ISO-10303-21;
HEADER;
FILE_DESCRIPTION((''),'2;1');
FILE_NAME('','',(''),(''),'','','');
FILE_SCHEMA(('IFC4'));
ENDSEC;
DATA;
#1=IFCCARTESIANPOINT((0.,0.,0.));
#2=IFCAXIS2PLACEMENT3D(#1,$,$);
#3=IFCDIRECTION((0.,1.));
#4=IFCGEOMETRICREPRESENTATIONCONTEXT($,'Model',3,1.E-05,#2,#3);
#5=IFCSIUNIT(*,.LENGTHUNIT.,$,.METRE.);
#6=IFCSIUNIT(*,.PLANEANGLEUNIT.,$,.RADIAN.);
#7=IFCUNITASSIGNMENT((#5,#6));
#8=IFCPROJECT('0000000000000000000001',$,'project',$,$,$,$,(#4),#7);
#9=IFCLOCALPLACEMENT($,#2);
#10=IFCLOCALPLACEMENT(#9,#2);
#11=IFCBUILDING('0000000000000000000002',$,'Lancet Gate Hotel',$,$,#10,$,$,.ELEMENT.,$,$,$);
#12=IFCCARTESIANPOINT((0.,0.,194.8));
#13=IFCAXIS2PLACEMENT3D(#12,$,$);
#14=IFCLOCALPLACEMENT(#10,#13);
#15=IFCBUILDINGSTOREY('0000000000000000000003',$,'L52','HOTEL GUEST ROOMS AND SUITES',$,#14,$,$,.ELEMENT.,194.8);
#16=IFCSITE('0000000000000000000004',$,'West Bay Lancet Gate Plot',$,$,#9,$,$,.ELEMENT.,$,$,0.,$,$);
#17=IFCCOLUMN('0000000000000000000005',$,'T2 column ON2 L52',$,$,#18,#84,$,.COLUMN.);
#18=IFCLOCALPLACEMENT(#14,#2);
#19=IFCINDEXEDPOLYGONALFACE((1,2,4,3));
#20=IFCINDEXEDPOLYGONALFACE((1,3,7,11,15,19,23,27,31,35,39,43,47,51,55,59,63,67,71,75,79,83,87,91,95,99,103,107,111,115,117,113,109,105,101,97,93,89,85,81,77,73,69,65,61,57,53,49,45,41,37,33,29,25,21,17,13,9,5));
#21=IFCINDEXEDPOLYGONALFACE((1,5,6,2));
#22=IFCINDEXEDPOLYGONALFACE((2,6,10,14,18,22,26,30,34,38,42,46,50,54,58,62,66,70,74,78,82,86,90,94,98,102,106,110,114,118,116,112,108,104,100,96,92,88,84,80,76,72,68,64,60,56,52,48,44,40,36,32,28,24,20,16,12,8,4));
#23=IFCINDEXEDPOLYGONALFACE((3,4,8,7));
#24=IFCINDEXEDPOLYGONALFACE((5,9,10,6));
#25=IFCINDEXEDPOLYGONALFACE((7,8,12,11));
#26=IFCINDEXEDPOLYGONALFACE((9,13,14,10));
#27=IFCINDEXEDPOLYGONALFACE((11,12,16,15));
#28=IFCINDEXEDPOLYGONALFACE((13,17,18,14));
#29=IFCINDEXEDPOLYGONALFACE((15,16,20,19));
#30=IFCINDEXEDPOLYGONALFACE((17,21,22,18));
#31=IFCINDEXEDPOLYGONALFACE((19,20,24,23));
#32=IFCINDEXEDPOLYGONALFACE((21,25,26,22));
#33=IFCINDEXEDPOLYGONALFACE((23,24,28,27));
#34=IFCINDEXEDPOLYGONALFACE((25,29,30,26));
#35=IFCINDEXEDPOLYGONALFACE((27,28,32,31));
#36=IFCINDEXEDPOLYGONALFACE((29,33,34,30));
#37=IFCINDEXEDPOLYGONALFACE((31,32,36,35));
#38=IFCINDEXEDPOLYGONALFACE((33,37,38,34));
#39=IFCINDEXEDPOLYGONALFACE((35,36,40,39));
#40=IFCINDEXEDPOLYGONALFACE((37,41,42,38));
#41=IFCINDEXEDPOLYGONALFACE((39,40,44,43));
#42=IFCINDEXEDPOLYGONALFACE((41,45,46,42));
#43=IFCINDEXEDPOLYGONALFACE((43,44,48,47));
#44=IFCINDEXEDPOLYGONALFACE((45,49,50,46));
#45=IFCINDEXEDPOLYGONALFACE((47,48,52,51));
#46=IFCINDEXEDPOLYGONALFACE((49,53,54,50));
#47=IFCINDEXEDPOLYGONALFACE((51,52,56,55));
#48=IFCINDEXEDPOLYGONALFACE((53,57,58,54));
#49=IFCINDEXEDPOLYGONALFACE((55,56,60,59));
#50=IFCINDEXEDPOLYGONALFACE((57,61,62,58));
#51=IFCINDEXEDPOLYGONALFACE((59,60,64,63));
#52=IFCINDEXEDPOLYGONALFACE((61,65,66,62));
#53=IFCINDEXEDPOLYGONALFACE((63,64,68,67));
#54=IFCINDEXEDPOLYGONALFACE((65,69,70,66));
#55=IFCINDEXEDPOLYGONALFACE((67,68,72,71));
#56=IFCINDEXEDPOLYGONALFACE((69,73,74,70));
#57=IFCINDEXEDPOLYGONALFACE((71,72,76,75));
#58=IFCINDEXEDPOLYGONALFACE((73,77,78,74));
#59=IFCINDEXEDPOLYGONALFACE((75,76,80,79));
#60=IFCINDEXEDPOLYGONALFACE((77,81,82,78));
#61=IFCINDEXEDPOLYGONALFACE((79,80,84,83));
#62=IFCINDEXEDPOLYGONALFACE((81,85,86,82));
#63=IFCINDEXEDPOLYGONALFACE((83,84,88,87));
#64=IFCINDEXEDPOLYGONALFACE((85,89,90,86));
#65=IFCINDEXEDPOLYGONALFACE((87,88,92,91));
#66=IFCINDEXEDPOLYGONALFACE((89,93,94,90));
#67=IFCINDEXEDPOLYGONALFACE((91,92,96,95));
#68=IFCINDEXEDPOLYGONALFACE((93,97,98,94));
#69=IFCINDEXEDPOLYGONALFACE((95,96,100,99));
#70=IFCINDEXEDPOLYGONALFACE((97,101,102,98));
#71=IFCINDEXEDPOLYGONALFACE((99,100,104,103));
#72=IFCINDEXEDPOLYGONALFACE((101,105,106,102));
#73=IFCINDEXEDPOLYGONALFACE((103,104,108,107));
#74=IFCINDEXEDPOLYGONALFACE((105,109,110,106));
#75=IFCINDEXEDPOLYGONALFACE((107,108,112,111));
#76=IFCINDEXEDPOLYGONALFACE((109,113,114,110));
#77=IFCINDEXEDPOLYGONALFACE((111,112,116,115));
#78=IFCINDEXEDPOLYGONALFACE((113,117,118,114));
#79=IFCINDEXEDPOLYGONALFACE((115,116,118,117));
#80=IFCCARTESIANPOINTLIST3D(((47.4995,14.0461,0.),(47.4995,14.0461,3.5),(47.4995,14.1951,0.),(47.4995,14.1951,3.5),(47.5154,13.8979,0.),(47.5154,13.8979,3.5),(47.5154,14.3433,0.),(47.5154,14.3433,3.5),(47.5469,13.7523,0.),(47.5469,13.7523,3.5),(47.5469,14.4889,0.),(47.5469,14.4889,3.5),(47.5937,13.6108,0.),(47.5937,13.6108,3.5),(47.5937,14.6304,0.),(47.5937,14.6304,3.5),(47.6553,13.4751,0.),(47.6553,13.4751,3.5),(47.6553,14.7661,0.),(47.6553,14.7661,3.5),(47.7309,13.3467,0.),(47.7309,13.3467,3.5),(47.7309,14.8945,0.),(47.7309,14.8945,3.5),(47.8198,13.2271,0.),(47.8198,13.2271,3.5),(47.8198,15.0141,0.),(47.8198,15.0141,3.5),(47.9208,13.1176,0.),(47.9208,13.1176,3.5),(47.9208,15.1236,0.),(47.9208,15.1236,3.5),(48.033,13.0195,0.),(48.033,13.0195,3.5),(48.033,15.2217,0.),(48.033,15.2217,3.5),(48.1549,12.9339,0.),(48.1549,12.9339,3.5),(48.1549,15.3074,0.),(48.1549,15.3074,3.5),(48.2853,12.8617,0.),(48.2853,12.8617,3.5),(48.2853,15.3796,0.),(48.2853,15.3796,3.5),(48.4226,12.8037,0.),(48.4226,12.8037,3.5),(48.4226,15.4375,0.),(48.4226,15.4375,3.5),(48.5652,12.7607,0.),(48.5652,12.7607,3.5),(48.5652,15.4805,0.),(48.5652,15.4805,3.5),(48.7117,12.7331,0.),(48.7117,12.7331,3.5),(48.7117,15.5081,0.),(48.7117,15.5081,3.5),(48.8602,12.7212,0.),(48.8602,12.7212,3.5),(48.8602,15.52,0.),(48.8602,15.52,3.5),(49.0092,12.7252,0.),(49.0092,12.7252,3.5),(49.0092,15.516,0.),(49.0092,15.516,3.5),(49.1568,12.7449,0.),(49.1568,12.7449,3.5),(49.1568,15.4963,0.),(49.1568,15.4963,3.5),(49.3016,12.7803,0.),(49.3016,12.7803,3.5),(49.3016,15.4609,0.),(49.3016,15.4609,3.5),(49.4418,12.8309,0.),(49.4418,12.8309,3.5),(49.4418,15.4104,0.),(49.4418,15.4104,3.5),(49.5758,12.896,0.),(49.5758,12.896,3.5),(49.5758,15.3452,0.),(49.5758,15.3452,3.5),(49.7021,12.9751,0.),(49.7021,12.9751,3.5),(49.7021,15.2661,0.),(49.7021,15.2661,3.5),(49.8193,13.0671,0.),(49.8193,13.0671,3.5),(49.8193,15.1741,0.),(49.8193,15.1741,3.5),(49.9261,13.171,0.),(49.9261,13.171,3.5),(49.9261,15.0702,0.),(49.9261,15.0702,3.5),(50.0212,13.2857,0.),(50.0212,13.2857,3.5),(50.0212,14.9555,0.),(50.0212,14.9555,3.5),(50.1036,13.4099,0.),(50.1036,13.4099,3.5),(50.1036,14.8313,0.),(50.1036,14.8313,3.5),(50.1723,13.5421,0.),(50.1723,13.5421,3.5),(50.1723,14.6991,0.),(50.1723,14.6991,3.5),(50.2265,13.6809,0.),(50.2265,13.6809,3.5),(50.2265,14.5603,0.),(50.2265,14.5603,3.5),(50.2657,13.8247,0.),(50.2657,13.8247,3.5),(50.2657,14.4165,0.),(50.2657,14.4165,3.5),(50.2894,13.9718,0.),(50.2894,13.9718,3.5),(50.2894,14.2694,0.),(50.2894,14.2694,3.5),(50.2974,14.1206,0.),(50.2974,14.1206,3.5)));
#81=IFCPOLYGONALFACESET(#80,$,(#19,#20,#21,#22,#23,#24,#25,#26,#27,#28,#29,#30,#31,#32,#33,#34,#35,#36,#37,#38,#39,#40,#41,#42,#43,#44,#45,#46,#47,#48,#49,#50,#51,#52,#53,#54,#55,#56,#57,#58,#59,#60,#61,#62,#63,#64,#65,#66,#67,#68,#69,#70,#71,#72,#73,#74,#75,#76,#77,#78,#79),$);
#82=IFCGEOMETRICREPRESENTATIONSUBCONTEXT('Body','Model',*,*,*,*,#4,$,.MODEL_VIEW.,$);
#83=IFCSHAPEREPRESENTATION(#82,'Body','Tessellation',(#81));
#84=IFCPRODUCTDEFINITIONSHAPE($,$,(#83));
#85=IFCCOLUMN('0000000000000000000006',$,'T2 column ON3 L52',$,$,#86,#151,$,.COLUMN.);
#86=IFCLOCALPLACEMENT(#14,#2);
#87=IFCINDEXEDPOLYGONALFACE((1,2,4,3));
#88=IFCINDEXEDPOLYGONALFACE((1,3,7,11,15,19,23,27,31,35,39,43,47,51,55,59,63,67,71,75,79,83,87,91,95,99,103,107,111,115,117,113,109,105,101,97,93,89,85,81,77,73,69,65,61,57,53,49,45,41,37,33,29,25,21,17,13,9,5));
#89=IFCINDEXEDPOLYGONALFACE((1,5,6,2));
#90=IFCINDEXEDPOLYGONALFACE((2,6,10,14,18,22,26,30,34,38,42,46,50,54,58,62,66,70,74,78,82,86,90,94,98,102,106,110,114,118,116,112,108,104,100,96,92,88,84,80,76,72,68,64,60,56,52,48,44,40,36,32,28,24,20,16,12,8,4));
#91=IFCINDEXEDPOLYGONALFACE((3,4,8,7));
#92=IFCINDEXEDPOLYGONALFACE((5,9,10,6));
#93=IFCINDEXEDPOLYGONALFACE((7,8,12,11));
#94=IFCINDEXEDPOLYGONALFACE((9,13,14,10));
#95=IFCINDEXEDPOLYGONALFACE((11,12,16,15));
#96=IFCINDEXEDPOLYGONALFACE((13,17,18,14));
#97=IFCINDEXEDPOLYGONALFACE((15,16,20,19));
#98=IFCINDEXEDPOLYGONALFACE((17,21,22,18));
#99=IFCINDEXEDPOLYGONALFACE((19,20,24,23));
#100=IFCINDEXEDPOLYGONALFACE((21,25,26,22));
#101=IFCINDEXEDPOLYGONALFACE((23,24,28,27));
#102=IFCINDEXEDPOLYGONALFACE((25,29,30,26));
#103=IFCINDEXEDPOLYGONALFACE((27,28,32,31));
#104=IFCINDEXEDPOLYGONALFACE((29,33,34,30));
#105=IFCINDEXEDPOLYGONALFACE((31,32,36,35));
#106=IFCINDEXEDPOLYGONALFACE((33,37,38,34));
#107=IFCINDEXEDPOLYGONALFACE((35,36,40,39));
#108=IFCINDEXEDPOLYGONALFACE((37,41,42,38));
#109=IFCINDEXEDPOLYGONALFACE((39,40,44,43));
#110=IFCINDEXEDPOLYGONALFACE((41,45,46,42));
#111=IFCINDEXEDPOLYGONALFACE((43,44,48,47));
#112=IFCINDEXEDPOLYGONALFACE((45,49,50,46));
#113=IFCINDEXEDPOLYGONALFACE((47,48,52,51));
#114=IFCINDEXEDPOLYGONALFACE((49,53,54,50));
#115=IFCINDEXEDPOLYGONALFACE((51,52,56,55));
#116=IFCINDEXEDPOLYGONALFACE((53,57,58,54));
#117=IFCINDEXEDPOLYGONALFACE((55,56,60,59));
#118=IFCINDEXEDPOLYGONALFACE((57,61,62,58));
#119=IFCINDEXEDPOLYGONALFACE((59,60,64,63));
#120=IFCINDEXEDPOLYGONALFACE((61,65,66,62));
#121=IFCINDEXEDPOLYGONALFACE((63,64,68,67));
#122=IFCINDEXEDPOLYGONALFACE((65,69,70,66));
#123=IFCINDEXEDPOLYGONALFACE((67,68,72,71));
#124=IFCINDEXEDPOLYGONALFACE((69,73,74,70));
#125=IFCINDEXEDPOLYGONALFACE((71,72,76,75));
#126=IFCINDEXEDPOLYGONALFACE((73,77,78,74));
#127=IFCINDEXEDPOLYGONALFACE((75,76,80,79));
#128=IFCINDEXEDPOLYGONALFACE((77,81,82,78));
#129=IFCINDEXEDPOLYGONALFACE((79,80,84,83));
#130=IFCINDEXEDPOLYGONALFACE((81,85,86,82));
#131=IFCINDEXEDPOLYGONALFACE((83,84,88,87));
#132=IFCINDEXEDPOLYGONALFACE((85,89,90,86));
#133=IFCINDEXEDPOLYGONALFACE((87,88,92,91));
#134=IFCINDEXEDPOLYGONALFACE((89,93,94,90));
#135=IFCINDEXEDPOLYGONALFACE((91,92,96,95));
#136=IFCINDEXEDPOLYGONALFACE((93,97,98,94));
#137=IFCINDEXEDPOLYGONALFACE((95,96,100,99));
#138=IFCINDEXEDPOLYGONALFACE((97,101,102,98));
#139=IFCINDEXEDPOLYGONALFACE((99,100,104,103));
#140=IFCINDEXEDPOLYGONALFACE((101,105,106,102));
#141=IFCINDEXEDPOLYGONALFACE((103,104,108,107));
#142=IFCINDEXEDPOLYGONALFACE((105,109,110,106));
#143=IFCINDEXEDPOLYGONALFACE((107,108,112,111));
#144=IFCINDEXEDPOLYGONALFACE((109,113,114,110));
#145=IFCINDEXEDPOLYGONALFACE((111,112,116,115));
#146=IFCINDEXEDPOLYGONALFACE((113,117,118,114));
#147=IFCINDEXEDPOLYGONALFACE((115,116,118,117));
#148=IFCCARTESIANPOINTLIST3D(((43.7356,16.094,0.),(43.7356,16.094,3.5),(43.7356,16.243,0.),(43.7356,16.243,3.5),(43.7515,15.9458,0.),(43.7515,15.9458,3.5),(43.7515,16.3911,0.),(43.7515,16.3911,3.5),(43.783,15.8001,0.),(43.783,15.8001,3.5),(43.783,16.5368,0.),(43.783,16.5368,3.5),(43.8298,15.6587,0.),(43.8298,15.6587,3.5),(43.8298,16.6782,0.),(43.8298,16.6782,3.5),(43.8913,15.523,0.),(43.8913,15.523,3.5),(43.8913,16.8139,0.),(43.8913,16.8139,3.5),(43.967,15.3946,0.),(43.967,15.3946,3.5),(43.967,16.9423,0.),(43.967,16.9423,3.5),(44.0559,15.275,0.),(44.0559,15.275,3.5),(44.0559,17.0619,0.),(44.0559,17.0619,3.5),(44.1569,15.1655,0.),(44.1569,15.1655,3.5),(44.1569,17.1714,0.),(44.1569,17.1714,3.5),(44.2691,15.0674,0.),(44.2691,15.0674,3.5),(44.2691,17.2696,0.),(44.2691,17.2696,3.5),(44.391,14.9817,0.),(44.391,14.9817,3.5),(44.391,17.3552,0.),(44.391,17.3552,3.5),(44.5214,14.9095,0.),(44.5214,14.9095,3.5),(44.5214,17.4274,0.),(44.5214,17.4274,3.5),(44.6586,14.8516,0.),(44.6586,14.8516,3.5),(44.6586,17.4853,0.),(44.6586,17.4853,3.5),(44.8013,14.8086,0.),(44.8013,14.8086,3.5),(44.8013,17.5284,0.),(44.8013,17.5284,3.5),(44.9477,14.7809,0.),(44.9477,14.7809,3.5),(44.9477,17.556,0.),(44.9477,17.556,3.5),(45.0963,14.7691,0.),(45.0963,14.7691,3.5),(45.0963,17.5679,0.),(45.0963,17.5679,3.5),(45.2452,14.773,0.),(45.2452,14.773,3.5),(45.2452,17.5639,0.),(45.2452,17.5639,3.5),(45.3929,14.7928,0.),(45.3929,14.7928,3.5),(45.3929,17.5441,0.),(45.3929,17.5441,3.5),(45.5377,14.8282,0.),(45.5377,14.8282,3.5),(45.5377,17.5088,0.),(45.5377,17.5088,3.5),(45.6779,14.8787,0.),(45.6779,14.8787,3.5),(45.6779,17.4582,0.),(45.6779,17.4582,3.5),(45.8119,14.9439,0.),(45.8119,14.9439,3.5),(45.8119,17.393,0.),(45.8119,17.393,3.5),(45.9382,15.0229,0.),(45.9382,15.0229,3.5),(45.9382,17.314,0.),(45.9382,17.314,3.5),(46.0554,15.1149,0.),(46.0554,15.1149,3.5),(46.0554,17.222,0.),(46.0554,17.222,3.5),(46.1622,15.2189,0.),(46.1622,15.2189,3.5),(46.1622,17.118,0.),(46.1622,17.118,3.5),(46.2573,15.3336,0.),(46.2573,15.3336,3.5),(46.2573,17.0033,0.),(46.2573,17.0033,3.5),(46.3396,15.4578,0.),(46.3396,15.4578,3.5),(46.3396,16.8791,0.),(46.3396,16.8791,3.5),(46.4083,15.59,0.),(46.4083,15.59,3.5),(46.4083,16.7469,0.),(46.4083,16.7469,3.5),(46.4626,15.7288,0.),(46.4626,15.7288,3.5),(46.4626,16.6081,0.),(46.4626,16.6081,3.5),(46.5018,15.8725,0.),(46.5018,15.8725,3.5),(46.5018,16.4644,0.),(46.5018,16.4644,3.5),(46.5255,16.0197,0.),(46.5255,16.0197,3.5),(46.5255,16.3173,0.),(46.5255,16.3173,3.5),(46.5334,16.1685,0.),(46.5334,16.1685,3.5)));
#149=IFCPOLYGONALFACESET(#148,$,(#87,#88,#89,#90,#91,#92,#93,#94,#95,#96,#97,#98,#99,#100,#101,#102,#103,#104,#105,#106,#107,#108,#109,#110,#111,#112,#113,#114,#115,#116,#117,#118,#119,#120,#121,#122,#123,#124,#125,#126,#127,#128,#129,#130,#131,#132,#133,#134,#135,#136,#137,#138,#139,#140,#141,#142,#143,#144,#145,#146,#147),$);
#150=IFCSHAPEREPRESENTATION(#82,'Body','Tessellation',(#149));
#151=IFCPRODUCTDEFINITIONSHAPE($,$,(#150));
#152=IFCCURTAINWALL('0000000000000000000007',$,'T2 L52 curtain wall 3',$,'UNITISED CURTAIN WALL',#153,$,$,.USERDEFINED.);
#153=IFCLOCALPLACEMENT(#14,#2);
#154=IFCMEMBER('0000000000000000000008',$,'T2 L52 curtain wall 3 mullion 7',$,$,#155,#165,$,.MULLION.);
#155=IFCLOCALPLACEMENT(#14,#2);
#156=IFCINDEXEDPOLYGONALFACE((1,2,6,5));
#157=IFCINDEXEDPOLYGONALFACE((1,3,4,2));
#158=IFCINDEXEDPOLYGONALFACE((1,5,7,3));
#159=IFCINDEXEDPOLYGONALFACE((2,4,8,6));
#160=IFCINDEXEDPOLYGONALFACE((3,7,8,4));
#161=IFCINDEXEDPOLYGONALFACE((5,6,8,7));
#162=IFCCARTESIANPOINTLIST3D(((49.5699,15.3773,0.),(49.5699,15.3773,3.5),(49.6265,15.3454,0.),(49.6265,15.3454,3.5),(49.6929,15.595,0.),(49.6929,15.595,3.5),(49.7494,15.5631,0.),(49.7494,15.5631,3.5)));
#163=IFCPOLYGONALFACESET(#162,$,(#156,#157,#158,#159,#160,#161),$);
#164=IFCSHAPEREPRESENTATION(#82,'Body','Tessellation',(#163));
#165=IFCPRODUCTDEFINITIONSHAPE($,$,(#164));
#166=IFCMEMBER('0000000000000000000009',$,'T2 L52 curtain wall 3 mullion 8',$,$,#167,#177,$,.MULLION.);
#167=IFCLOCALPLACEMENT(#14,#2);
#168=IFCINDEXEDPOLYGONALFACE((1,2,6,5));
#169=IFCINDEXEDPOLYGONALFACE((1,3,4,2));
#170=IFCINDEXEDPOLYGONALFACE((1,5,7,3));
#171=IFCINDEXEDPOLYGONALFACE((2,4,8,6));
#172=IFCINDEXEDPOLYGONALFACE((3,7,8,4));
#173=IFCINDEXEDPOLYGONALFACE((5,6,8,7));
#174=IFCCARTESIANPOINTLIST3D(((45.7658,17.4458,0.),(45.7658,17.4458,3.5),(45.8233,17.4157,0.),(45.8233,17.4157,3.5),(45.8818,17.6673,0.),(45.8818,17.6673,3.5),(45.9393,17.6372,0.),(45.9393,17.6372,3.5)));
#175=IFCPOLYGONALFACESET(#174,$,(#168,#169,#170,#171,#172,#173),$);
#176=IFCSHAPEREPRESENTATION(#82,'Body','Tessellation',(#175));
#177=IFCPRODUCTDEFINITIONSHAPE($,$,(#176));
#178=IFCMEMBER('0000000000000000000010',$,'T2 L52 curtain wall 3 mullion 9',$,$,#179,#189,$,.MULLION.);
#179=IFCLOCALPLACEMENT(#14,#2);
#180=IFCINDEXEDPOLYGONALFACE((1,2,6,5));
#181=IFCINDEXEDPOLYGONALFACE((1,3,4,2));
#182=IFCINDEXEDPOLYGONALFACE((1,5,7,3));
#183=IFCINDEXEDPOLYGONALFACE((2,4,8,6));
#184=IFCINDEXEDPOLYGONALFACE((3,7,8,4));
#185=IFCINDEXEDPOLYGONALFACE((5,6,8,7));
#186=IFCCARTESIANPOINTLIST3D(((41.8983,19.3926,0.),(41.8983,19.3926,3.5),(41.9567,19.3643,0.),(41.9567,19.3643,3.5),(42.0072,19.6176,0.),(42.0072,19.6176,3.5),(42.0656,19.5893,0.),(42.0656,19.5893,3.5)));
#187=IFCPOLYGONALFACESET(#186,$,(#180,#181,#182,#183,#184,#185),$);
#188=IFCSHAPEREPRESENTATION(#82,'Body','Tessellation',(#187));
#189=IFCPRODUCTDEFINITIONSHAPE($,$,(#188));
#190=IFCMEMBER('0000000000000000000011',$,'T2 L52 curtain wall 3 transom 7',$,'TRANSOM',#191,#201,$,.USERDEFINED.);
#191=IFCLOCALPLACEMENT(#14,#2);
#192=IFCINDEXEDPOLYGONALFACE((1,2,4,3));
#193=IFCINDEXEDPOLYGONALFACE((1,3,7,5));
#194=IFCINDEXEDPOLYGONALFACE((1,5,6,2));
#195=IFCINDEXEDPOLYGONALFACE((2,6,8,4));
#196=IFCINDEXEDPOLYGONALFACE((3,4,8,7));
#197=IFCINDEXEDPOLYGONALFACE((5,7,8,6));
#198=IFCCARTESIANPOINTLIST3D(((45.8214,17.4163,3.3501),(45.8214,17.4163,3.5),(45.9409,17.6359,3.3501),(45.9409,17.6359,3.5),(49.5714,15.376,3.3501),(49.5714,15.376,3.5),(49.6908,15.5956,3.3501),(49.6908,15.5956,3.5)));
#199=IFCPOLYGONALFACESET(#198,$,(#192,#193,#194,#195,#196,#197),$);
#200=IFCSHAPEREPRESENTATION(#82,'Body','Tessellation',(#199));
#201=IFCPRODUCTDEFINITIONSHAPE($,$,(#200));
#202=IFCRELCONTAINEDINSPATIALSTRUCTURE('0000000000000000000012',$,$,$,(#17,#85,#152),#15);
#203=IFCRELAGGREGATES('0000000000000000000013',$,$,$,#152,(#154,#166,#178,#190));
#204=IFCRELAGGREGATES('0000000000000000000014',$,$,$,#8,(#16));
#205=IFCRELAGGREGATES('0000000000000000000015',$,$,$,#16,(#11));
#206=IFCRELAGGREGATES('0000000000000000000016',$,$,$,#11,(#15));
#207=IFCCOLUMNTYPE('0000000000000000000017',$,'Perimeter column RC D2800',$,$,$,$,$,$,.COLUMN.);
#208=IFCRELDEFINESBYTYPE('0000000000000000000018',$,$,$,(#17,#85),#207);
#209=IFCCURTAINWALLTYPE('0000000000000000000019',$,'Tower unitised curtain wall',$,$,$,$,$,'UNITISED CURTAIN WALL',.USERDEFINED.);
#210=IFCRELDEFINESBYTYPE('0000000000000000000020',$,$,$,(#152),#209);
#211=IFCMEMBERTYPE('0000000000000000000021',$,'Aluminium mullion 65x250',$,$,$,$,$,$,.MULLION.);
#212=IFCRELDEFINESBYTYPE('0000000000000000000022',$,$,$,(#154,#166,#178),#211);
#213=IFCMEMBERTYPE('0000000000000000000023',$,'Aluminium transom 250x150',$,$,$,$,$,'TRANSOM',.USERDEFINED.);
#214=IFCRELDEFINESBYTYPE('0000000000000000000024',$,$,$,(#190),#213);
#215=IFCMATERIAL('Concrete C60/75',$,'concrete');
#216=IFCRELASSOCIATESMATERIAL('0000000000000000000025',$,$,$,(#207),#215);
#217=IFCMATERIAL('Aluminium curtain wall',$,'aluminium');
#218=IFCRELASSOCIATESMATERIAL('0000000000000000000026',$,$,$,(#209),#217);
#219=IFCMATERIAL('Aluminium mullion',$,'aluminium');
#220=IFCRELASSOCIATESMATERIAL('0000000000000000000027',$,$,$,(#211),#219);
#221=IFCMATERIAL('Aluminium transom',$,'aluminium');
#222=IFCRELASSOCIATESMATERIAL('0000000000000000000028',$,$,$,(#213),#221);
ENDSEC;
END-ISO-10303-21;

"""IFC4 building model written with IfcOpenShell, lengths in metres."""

from ifc_helpers import new_model, si_unit, direction, frame, origin, origin_2d, place, context, subcontext, project, spatial, rectangle, circle, extrude, material, material_profile, profile_set, type_object, element, aggregate, save


model = new_model("IFC4")

# Units and contexts
model_context = context("Model", 3, precision=1e-05, world=origin(), true_north=direction((0.0, 1.0)))
body_context = subcontext(model_context, "Body", "Model", "MODEL_VIEW")
ifc_project = project(units=[si_unit("LENGTHUNIT", "METRE"), si_unit("PLANEANGLEUNIT", "RADIAN")], contexts=[model_context])

# Site, building, storey
site_placement = place(None, origin())
site = spatial("IfcSite", under=ifc_project, at=site_placement, Name="West Bay Lancet Gate Plot", CompositionType="ELEMENT", RefElevation=0.0)
building_placement = place(site_placement, origin())
building = spatial("IfcBuilding", under=site, at=building_placement, Name="Lancet Gate Hotel", CompositionType="ELEMENT")
storey_placement = place(building_placement, frame((0.0, 0.0, 194.8)))
storey = spatial("IfcBuildingStorey", under=building, at=storey_placement, Name="L52", Description="HOTEL GUEST ROOMS AND SUITES", CompositionType="ELEMENT", Elevation=194.8)

# Columns
ifc_material_1 = material(Name="Concrete C60/75", Category="concrete")
ifc_material_profile_1 = material_profile(ifc_material_1, circle(Radius=1.3999, at=origin_2d()), Name="RC D2800")
ifc_profile_set_1 = profile_set([ifc_material_profile_1], Name="Concrete C60/75")
column_type = type_object("IfcColumnType", Name="Perimeter column RC D2800", PredefinedType="COLUMN", material=ifc_profile_set_1)
for number, where, z_axis, x_axis, name in (
    (1, (48.8975, 14.1206, 0.0), (0.0, 0.0, 1.0), (1.0, 0.0, 0.0), "T2 column ON2 L52"),
    (2, (45.1335, 16.1685, 0.0), (0.0, 0.0, 1.0), (1.0, 0.0, 0.0), "T2 column ON3 L52"),
):
    element("IfcColumn", number, at=place(storey_placement, frame(where, z_axis=z_axis, x_axis=x_axis)), inside=storey, type_object=column_type, Name=name, PredefinedType="COLUMN", context=body_context, shape_type="SweptSolid", body=[
        extrude(circle(Radius=1.3999, at=origin_2d()), origin(), (0.0, 0.0, 1.0), 3.5),
    ])

# Curtain wall, members
ifc_material_2 = material(Name="Aluminium curtain wall", Category="aluminium")
curtain_wall_type = type_object("IfcCurtainWallType", Name="Tower unitised curtain wall", ElementType="UNITISED CURTAIN WALL", PredefinedType="USERDEFINED", material=ifc_material_2)
curtain_wall_placement = place(storey_placement, origin())
curtain_wall = element("IfcCurtainWall", 3, at=curtain_wall_placement, inside=storey, type_object=curtain_wall_type, Name="T2 L52 curtain wall 3", ObjectType="UNITISED CURTAIN WALL", PredefinedType="USERDEFINED")
ifc_material_3 = material(Name="Aluminium mullion", Category="aluminium")
ifc_material_profile_2 = material_profile(ifc_material_3, rectangle(XDim=0.0649, YDim=0.25, at=origin_2d()), Name="MULLION 65x250")
ifc_profile_set_2 = profile_set([ifc_material_profile_2], Name="Aluminium mullion")
member_type_1 = type_object("IfcMemberType", Name="Aluminium mullion 65x250", PredefinedType="MULLION", material=ifc_profile_set_2)
member_1_placement = place(storey_placement, frame((49.6597, 15.4702, 0.0), z_axis=(0.0, 0.0, 1.0), x_axis=(-0.870722, 0.491776, 0.0)))
member_1 = element("IfcMember", 4, at=member_1_placement, type_object=member_type_1, Name="T2 L52 curtain wall 3 mullion 7", PredefinedType="MULLION", context=body_context, shape_type="SweptSolid", body=[
    extrude(rectangle(XDim=0.0649, YDim=0.25, at=origin_2d()), origin(), (0.0, 0.0, 1.0), 3.5),
])
member_2_placement = place(storey_placement, frame((45.8525, 17.5415, 0.0), z_axis=(0.0, 0.0, 1.0), x_axis=(-0.885877, 0.46392, 0.0)))
member_2 = element("IfcMember", 5, at=member_2_placement, type_object=member_type_1, Name="T2 L52 curtain wall 3 mullion 8", PredefinedType="MULLION", context=body_context, shape_type="SweptSolid", body=[
    extrude(rectangle(XDim=0.0649, YDim=0.25, at=origin_2d()), origin(), (0.0, 0.0, 1.0), 3.5),
])
member_3_placement = place(storey_placement, frame((41.9819, 19.491, 0.0), z_axis=(0.0, 0.0, 1.0), x_axis=(-0.900141, 0.435598, 0.0)))
member_3 = element("IfcMember", 6, at=member_3_placement, type_object=member_type_1, Name="T2 L52 curtain wall 3 mullion 9", PredefinedType="MULLION", context=body_context, shape_type="SweptSolid", body=[
    extrude(rectangle(XDim=0.0649, YDim=0.25, at=origin_2d()), origin(), (0.0, 0.0, 1.0), 3.5),
])
ifc_material_4 = material(Name="Aluminium transom", Category="aluminium")
ifc_material_profile_3 = material_profile(ifc_material_4, rectangle(XDim=0.25, YDim=0.1499, at=origin_2d()), Name="TRANSOM 250x150")
ifc_profile_set_3 = profile_set([ifc_material_profile_3], Name="Aluminium transom")
member_type_2 = type_object("IfcMemberType", Name="Aluminium transom 250x150", ElementType="TRANSOM", PredefinedType="USERDEFINED", material=ifc_profile_set_3)
member_4_placement = place(storey_placement, frame((49.6311, 15.4858, 3.425), z_axis=(-0.878404, 0.477918, 0.0), x_axis=(-0.477918, -0.878404, 0.0)))
member_4 = element("IfcMember", 7, at=member_4_placement, type_object=member_type_2, Name="T2 L52 curtain wall 3 transom 7", ObjectType="TRANSOM", PredefinedType="USERDEFINED", context=body_context, shape_type="SweptSolid", body=[
    extrude(rectangle(XDim=0.25, YDim=0.1499, at=origin_2d()), origin(), (0.0, 0.0, 1.0), 4.269),
])

aggregate(curtain_wall, [member_1, member_2, member_3, member_4])

save(model, "model.ifc")
